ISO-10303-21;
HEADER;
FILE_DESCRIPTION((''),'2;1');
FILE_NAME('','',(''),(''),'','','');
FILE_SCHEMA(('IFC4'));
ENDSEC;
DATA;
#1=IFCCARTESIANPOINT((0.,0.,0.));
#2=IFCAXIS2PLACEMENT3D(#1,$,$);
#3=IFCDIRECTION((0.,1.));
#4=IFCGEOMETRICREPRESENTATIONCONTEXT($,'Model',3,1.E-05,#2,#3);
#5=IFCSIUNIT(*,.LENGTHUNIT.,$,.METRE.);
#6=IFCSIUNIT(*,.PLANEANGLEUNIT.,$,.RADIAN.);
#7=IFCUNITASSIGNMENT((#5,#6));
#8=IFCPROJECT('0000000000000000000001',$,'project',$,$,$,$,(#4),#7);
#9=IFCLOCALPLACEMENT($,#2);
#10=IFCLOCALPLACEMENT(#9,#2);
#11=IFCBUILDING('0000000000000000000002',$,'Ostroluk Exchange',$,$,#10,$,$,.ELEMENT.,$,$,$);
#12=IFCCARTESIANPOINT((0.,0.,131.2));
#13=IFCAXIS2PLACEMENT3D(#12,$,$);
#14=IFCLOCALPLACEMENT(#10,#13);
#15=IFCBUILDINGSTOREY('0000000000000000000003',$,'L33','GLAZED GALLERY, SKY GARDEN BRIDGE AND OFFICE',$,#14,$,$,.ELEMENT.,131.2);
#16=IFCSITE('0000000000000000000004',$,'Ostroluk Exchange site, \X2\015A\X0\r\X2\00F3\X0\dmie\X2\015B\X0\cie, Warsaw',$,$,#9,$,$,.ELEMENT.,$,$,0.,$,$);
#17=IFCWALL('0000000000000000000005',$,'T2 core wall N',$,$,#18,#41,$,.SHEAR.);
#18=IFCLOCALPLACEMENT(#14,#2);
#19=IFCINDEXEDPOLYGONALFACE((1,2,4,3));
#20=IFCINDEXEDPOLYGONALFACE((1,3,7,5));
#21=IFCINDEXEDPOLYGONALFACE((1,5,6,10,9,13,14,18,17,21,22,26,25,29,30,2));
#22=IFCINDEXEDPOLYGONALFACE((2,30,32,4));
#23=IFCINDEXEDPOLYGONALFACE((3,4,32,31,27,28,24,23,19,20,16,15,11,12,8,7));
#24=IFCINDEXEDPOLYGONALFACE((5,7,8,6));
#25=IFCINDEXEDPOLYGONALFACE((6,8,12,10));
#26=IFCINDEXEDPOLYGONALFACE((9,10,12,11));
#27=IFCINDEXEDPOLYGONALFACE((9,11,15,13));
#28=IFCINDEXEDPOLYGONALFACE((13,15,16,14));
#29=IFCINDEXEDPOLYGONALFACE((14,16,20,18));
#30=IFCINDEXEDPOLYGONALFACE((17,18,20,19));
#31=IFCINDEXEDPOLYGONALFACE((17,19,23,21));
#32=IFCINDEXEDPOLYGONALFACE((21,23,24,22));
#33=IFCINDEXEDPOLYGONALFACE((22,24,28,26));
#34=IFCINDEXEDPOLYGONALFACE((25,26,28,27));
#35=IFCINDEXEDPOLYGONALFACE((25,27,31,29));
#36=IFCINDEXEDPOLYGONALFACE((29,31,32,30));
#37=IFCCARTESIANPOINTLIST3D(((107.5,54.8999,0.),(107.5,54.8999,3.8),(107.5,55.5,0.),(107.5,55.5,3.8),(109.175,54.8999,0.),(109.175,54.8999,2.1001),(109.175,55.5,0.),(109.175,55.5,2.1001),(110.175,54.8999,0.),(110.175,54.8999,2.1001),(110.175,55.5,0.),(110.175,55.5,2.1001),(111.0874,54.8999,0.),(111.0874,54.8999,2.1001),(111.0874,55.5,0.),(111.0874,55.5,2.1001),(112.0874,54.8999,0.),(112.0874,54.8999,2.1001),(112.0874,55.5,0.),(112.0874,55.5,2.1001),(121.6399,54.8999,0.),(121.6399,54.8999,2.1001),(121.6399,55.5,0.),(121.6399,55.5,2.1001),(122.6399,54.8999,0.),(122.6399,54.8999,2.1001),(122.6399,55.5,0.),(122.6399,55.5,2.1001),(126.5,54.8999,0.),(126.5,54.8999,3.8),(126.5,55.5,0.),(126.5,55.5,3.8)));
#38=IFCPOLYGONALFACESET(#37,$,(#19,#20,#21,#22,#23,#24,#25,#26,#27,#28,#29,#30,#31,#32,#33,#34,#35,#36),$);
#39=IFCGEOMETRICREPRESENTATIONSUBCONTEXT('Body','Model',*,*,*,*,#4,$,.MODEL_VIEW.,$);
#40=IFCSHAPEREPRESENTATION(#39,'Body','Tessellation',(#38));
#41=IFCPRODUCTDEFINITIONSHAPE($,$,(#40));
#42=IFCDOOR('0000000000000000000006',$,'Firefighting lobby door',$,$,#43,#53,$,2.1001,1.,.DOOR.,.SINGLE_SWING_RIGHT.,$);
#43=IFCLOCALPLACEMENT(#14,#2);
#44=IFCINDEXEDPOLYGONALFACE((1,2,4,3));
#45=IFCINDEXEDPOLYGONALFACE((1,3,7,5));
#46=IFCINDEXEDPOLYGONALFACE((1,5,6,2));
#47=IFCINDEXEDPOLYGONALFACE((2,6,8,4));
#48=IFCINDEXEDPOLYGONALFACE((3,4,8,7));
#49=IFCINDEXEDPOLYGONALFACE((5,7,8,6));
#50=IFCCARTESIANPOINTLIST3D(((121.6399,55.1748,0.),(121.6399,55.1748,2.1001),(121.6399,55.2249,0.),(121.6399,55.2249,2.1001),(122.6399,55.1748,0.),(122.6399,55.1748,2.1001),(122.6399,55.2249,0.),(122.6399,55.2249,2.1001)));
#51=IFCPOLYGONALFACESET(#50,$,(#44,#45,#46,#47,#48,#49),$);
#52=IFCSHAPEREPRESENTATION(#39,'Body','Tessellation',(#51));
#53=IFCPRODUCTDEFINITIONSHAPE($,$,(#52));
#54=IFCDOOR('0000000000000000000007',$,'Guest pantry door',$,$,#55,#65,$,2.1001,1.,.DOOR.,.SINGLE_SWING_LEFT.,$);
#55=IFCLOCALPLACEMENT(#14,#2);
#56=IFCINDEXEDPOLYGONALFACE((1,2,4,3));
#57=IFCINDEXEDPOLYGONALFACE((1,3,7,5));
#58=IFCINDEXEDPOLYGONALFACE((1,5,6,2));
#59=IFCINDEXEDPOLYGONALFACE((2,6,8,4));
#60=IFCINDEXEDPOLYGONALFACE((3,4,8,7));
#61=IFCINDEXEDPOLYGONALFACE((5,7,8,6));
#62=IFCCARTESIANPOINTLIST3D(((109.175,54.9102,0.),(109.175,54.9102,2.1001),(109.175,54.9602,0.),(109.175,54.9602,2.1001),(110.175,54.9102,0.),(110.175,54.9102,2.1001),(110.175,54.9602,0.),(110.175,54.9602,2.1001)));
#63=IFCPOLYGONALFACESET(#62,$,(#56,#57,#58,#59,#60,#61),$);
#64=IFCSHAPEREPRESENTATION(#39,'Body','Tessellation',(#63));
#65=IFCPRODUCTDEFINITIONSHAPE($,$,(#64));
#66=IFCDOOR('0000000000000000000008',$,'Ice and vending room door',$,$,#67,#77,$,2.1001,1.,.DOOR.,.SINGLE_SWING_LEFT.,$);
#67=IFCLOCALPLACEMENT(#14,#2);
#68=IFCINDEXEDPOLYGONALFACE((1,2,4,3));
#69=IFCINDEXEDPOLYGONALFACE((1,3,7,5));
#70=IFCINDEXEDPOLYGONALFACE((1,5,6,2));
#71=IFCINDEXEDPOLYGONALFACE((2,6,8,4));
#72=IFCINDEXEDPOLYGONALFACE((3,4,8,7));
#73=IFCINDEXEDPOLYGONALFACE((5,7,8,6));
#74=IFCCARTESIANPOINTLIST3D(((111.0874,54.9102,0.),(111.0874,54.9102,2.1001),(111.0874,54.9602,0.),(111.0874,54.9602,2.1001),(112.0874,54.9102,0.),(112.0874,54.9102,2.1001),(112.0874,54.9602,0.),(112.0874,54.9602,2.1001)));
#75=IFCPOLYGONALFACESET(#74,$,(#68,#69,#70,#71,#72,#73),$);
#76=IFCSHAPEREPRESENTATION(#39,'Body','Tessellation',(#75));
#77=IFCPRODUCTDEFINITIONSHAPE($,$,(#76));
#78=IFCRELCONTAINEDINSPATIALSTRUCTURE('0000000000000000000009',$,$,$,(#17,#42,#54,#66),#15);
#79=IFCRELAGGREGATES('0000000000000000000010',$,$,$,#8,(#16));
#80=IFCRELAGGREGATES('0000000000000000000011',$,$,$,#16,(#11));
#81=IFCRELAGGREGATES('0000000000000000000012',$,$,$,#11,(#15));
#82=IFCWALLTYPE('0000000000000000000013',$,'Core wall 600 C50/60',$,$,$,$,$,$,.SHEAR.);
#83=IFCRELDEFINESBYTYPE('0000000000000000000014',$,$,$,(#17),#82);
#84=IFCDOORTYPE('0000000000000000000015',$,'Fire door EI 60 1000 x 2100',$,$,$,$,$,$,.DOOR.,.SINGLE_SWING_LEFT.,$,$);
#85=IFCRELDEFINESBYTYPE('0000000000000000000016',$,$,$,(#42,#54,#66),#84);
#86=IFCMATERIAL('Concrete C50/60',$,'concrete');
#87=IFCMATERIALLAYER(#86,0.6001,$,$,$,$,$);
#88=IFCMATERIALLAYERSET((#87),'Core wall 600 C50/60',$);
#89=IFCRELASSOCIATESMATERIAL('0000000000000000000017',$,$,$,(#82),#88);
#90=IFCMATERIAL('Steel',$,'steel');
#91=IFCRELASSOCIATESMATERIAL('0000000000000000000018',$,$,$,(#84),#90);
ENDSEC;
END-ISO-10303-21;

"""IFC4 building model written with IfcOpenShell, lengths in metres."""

from ifc_helpers import new_model, si_unit, direction, frame, frame_2d, origin, place, context, subcontext, project, spatial, rectangle, extrude, material, layer, layer_set, type_object, element, fill, save


model = new_model("IFC4")

# Units and contexts
model_context = context("Model", 3, precision=1e-05, world=origin(), true_north=direction((0.0, 1.0)))
body_context = subcontext(model_context, "Body", "Model", "MODEL_VIEW")
ifc_project = project(units=[si_unit("LENGTHUNIT", "METRE"), si_unit("PLANEANGLEUNIT", "RADIAN")], contexts=[model_context])

# Site, building, storey
site_placement = place(None, origin())
site = spatial("IfcSite", under=ifc_project, at=site_placement, Name="Ostroluk Exchange site, Śródmieście, Warsaw", CompositionType="ELEMENT", RefElevation=0.0)
building_placement = place(site_placement, origin())
building = spatial("IfcBuilding", under=site, at=building_placement, Name="Ostroluk Exchange", CompositionType="ELEMENT")
storey_placement = place(building_placement, frame((0.0, 0.0, 131.2)))
storey = spatial("IfcBuildingStorey", under=building, at=storey_placement, Name="L33", Description="GLAZED GALLERY, SKY GARDEN BRIDGE AND OFFICE", CompositionType="ELEMENT", Elevation=131.2)

# Wall, openings, doors
ifc_material_1 = material(Name="Concrete C50/60", Category="concrete")
ifc_layer_1 = layer(ifc_material_1, 0.6001)
ifc_layer_set_1 = layer_set([ifc_layer_1], Name="Core wall 600 C50/60")
wall_type_1 = type_object("IfcWallType", Name="Core wall 600 C50/60", PredefinedType="SHEAR", material=ifc_layer_set_1)
wall_1_placement = place(storey_placement, frame((107.5, 55.2, 0.0), z_axis=(0.0, 0.0, 1.0), x_axis=(1.0, 0.0, 0.0)))
wall_1 = element("IfcWall", 1, at=wall_1_placement, inside=storey, type_object=wall_type_1, Name="T2 core wall N", PredefinedType="SHEAR", context=body_context, shape_type="SweptSolid", body=[
    extrude(rectangle(XDim=19.0, YDim=0.6001, at=frame_2d((9.5, 0.0))), origin(), (0.0, 0.0, 1.0), 3.8),
])
opening_1_placement = place(wall_1_placement, frame((14.1399, 0.0, 0.0)))
opening_1 = element("IfcOpeningElement", 2, at=opening_1_placement, cuts=wall_1, PredefinedType="OPENING", context=body_context, shape_type="SweptSolid", body=[
    extrude(rectangle(XDim=1.0, YDim=2.1001, at=frame_2d((0.5, 1.05))), frame((0.0, 0.3101, 0.0), z_axis=(0.0, -1.0, 0.0), x_axis=(1.0, 0.0, 0.0)), (0.0, 0.0, 1.0), 0.6201),
])
opening_2_placement = place(wall_1_placement, frame((1.675, 0.0, 0.0)))
opening_2 = element("IfcOpeningElement", 3, at=opening_2_placement, cuts=wall_1, PredefinedType="OPENING", context=body_context, shape_type="SweptSolid", body=[
    extrude(rectangle(XDim=1.0, YDim=2.1001, at=frame_2d((0.5, 1.05))), frame((0.0, 0.3101, 0.0), z_axis=(0.0, -1.0, 0.0), x_axis=(1.0, 0.0, 0.0)), (0.0, 0.0, 1.0), 0.6201),
])
opening_3_placement = place(wall_1_placement, frame((3.5874, 0.0, 0.0)))
opening_3 = element("IfcOpeningElement", 4, at=opening_3_placement, cuts=wall_1, PredefinedType="OPENING", context=body_context, shape_type="SweptSolid", body=[
    extrude(rectangle(XDim=1.0, YDim=2.1001, at=frame_2d((0.5, 1.05))), frame((0.0, 0.3101, 0.0), z_axis=(0.0, -1.0, 0.0), x_axis=(1.0, 0.0, 0.0)), (0.0, 0.0, 1.0), 0.6201),
])
ifc_material_2 = material(Name="Steel", Category="steel")
door_type_1 = type_object("IfcDoorType", Name="Fire door EI 60 1000 x 2100", OperationType="SINGLE_SWING_LEFT", PredefinedType="DOOR", material=ifc_material_2)
door_1_placement = place(opening_1_placement, origin())
door_1 = element("IfcDoor", 5, at=door_1_placement, inside=storey, type_object=door_type_1, Name="Firefighting lobby door", OperationType="SINGLE_SWING_RIGHT", OverallHeight=2.1001, OverallWidth=1.0, PredefinedType="DOOR", context=body_context, shape_type="SweptSolid", body=[
    extrude(rectangle(XDim=1.0, YDim=2.1001, at=frame_2d((0.5, 1.05))), frame((0.0, 0.0249, 0.0), z_axis=(0.0, -1.0, 0.0), x_axis=(1.0, 0.0, 0.0)), (0.0, 0.0, 1.0), 0.05),
])
fill(opening_1, door_1)
door_2_placement = place(opening_2_placement, origin())
door_2 = element("IfcDoor", 6, at=door_2_placement, inside=storey, type_object=door_type_1, Name="Guest pantry door", OperationType="SINGLE_SWING_LEFT", OverallHeight=2.1001, OverallWidth=1.0, PredefinedType="DOOR", context=body_context, shape_type="SweptSolid", body=[
    extrude(rectangle(XDim=1.0, YDim=2.1001, at=frame_2d((0.5, 1.05))), frame((0.0, -0.2397, 0.0), z_axis=(0.0, -1.0, 0.0), x_axis=(1.0, 0.0, 0.0)), (0.0, 0.0, 1.0), 0.05),
])
fill(opening_2, door_2)
door_3_placement = place(opening_3_placement, origin())
door_3 = element("IfcDoor", 7, at=door_3_placement, inside=storey, type_object=door_type_1, Name="Ice and vending room door", OperationType="SINGLE_SWING_LEFT", OverallHeight=2.1001, OverallWidth=1.0, PredefinedType="DOOR", context=body_context, shape_type="SweptSolid", body=[
    extrude(rectangle(XDim=1.0, YDim=2.1001, at=frame_2d((0.5, 1.05))), frame((0.0, -0.2397, 0.0), z_axis=(0.0, -1.0, 0.0), x_axis=(1.0, 0.0, 0.0)), (0.0, 0.0, 1.0), 0.05),
])
fill(opening_3, door_3)

save(model, "model.ifc")
